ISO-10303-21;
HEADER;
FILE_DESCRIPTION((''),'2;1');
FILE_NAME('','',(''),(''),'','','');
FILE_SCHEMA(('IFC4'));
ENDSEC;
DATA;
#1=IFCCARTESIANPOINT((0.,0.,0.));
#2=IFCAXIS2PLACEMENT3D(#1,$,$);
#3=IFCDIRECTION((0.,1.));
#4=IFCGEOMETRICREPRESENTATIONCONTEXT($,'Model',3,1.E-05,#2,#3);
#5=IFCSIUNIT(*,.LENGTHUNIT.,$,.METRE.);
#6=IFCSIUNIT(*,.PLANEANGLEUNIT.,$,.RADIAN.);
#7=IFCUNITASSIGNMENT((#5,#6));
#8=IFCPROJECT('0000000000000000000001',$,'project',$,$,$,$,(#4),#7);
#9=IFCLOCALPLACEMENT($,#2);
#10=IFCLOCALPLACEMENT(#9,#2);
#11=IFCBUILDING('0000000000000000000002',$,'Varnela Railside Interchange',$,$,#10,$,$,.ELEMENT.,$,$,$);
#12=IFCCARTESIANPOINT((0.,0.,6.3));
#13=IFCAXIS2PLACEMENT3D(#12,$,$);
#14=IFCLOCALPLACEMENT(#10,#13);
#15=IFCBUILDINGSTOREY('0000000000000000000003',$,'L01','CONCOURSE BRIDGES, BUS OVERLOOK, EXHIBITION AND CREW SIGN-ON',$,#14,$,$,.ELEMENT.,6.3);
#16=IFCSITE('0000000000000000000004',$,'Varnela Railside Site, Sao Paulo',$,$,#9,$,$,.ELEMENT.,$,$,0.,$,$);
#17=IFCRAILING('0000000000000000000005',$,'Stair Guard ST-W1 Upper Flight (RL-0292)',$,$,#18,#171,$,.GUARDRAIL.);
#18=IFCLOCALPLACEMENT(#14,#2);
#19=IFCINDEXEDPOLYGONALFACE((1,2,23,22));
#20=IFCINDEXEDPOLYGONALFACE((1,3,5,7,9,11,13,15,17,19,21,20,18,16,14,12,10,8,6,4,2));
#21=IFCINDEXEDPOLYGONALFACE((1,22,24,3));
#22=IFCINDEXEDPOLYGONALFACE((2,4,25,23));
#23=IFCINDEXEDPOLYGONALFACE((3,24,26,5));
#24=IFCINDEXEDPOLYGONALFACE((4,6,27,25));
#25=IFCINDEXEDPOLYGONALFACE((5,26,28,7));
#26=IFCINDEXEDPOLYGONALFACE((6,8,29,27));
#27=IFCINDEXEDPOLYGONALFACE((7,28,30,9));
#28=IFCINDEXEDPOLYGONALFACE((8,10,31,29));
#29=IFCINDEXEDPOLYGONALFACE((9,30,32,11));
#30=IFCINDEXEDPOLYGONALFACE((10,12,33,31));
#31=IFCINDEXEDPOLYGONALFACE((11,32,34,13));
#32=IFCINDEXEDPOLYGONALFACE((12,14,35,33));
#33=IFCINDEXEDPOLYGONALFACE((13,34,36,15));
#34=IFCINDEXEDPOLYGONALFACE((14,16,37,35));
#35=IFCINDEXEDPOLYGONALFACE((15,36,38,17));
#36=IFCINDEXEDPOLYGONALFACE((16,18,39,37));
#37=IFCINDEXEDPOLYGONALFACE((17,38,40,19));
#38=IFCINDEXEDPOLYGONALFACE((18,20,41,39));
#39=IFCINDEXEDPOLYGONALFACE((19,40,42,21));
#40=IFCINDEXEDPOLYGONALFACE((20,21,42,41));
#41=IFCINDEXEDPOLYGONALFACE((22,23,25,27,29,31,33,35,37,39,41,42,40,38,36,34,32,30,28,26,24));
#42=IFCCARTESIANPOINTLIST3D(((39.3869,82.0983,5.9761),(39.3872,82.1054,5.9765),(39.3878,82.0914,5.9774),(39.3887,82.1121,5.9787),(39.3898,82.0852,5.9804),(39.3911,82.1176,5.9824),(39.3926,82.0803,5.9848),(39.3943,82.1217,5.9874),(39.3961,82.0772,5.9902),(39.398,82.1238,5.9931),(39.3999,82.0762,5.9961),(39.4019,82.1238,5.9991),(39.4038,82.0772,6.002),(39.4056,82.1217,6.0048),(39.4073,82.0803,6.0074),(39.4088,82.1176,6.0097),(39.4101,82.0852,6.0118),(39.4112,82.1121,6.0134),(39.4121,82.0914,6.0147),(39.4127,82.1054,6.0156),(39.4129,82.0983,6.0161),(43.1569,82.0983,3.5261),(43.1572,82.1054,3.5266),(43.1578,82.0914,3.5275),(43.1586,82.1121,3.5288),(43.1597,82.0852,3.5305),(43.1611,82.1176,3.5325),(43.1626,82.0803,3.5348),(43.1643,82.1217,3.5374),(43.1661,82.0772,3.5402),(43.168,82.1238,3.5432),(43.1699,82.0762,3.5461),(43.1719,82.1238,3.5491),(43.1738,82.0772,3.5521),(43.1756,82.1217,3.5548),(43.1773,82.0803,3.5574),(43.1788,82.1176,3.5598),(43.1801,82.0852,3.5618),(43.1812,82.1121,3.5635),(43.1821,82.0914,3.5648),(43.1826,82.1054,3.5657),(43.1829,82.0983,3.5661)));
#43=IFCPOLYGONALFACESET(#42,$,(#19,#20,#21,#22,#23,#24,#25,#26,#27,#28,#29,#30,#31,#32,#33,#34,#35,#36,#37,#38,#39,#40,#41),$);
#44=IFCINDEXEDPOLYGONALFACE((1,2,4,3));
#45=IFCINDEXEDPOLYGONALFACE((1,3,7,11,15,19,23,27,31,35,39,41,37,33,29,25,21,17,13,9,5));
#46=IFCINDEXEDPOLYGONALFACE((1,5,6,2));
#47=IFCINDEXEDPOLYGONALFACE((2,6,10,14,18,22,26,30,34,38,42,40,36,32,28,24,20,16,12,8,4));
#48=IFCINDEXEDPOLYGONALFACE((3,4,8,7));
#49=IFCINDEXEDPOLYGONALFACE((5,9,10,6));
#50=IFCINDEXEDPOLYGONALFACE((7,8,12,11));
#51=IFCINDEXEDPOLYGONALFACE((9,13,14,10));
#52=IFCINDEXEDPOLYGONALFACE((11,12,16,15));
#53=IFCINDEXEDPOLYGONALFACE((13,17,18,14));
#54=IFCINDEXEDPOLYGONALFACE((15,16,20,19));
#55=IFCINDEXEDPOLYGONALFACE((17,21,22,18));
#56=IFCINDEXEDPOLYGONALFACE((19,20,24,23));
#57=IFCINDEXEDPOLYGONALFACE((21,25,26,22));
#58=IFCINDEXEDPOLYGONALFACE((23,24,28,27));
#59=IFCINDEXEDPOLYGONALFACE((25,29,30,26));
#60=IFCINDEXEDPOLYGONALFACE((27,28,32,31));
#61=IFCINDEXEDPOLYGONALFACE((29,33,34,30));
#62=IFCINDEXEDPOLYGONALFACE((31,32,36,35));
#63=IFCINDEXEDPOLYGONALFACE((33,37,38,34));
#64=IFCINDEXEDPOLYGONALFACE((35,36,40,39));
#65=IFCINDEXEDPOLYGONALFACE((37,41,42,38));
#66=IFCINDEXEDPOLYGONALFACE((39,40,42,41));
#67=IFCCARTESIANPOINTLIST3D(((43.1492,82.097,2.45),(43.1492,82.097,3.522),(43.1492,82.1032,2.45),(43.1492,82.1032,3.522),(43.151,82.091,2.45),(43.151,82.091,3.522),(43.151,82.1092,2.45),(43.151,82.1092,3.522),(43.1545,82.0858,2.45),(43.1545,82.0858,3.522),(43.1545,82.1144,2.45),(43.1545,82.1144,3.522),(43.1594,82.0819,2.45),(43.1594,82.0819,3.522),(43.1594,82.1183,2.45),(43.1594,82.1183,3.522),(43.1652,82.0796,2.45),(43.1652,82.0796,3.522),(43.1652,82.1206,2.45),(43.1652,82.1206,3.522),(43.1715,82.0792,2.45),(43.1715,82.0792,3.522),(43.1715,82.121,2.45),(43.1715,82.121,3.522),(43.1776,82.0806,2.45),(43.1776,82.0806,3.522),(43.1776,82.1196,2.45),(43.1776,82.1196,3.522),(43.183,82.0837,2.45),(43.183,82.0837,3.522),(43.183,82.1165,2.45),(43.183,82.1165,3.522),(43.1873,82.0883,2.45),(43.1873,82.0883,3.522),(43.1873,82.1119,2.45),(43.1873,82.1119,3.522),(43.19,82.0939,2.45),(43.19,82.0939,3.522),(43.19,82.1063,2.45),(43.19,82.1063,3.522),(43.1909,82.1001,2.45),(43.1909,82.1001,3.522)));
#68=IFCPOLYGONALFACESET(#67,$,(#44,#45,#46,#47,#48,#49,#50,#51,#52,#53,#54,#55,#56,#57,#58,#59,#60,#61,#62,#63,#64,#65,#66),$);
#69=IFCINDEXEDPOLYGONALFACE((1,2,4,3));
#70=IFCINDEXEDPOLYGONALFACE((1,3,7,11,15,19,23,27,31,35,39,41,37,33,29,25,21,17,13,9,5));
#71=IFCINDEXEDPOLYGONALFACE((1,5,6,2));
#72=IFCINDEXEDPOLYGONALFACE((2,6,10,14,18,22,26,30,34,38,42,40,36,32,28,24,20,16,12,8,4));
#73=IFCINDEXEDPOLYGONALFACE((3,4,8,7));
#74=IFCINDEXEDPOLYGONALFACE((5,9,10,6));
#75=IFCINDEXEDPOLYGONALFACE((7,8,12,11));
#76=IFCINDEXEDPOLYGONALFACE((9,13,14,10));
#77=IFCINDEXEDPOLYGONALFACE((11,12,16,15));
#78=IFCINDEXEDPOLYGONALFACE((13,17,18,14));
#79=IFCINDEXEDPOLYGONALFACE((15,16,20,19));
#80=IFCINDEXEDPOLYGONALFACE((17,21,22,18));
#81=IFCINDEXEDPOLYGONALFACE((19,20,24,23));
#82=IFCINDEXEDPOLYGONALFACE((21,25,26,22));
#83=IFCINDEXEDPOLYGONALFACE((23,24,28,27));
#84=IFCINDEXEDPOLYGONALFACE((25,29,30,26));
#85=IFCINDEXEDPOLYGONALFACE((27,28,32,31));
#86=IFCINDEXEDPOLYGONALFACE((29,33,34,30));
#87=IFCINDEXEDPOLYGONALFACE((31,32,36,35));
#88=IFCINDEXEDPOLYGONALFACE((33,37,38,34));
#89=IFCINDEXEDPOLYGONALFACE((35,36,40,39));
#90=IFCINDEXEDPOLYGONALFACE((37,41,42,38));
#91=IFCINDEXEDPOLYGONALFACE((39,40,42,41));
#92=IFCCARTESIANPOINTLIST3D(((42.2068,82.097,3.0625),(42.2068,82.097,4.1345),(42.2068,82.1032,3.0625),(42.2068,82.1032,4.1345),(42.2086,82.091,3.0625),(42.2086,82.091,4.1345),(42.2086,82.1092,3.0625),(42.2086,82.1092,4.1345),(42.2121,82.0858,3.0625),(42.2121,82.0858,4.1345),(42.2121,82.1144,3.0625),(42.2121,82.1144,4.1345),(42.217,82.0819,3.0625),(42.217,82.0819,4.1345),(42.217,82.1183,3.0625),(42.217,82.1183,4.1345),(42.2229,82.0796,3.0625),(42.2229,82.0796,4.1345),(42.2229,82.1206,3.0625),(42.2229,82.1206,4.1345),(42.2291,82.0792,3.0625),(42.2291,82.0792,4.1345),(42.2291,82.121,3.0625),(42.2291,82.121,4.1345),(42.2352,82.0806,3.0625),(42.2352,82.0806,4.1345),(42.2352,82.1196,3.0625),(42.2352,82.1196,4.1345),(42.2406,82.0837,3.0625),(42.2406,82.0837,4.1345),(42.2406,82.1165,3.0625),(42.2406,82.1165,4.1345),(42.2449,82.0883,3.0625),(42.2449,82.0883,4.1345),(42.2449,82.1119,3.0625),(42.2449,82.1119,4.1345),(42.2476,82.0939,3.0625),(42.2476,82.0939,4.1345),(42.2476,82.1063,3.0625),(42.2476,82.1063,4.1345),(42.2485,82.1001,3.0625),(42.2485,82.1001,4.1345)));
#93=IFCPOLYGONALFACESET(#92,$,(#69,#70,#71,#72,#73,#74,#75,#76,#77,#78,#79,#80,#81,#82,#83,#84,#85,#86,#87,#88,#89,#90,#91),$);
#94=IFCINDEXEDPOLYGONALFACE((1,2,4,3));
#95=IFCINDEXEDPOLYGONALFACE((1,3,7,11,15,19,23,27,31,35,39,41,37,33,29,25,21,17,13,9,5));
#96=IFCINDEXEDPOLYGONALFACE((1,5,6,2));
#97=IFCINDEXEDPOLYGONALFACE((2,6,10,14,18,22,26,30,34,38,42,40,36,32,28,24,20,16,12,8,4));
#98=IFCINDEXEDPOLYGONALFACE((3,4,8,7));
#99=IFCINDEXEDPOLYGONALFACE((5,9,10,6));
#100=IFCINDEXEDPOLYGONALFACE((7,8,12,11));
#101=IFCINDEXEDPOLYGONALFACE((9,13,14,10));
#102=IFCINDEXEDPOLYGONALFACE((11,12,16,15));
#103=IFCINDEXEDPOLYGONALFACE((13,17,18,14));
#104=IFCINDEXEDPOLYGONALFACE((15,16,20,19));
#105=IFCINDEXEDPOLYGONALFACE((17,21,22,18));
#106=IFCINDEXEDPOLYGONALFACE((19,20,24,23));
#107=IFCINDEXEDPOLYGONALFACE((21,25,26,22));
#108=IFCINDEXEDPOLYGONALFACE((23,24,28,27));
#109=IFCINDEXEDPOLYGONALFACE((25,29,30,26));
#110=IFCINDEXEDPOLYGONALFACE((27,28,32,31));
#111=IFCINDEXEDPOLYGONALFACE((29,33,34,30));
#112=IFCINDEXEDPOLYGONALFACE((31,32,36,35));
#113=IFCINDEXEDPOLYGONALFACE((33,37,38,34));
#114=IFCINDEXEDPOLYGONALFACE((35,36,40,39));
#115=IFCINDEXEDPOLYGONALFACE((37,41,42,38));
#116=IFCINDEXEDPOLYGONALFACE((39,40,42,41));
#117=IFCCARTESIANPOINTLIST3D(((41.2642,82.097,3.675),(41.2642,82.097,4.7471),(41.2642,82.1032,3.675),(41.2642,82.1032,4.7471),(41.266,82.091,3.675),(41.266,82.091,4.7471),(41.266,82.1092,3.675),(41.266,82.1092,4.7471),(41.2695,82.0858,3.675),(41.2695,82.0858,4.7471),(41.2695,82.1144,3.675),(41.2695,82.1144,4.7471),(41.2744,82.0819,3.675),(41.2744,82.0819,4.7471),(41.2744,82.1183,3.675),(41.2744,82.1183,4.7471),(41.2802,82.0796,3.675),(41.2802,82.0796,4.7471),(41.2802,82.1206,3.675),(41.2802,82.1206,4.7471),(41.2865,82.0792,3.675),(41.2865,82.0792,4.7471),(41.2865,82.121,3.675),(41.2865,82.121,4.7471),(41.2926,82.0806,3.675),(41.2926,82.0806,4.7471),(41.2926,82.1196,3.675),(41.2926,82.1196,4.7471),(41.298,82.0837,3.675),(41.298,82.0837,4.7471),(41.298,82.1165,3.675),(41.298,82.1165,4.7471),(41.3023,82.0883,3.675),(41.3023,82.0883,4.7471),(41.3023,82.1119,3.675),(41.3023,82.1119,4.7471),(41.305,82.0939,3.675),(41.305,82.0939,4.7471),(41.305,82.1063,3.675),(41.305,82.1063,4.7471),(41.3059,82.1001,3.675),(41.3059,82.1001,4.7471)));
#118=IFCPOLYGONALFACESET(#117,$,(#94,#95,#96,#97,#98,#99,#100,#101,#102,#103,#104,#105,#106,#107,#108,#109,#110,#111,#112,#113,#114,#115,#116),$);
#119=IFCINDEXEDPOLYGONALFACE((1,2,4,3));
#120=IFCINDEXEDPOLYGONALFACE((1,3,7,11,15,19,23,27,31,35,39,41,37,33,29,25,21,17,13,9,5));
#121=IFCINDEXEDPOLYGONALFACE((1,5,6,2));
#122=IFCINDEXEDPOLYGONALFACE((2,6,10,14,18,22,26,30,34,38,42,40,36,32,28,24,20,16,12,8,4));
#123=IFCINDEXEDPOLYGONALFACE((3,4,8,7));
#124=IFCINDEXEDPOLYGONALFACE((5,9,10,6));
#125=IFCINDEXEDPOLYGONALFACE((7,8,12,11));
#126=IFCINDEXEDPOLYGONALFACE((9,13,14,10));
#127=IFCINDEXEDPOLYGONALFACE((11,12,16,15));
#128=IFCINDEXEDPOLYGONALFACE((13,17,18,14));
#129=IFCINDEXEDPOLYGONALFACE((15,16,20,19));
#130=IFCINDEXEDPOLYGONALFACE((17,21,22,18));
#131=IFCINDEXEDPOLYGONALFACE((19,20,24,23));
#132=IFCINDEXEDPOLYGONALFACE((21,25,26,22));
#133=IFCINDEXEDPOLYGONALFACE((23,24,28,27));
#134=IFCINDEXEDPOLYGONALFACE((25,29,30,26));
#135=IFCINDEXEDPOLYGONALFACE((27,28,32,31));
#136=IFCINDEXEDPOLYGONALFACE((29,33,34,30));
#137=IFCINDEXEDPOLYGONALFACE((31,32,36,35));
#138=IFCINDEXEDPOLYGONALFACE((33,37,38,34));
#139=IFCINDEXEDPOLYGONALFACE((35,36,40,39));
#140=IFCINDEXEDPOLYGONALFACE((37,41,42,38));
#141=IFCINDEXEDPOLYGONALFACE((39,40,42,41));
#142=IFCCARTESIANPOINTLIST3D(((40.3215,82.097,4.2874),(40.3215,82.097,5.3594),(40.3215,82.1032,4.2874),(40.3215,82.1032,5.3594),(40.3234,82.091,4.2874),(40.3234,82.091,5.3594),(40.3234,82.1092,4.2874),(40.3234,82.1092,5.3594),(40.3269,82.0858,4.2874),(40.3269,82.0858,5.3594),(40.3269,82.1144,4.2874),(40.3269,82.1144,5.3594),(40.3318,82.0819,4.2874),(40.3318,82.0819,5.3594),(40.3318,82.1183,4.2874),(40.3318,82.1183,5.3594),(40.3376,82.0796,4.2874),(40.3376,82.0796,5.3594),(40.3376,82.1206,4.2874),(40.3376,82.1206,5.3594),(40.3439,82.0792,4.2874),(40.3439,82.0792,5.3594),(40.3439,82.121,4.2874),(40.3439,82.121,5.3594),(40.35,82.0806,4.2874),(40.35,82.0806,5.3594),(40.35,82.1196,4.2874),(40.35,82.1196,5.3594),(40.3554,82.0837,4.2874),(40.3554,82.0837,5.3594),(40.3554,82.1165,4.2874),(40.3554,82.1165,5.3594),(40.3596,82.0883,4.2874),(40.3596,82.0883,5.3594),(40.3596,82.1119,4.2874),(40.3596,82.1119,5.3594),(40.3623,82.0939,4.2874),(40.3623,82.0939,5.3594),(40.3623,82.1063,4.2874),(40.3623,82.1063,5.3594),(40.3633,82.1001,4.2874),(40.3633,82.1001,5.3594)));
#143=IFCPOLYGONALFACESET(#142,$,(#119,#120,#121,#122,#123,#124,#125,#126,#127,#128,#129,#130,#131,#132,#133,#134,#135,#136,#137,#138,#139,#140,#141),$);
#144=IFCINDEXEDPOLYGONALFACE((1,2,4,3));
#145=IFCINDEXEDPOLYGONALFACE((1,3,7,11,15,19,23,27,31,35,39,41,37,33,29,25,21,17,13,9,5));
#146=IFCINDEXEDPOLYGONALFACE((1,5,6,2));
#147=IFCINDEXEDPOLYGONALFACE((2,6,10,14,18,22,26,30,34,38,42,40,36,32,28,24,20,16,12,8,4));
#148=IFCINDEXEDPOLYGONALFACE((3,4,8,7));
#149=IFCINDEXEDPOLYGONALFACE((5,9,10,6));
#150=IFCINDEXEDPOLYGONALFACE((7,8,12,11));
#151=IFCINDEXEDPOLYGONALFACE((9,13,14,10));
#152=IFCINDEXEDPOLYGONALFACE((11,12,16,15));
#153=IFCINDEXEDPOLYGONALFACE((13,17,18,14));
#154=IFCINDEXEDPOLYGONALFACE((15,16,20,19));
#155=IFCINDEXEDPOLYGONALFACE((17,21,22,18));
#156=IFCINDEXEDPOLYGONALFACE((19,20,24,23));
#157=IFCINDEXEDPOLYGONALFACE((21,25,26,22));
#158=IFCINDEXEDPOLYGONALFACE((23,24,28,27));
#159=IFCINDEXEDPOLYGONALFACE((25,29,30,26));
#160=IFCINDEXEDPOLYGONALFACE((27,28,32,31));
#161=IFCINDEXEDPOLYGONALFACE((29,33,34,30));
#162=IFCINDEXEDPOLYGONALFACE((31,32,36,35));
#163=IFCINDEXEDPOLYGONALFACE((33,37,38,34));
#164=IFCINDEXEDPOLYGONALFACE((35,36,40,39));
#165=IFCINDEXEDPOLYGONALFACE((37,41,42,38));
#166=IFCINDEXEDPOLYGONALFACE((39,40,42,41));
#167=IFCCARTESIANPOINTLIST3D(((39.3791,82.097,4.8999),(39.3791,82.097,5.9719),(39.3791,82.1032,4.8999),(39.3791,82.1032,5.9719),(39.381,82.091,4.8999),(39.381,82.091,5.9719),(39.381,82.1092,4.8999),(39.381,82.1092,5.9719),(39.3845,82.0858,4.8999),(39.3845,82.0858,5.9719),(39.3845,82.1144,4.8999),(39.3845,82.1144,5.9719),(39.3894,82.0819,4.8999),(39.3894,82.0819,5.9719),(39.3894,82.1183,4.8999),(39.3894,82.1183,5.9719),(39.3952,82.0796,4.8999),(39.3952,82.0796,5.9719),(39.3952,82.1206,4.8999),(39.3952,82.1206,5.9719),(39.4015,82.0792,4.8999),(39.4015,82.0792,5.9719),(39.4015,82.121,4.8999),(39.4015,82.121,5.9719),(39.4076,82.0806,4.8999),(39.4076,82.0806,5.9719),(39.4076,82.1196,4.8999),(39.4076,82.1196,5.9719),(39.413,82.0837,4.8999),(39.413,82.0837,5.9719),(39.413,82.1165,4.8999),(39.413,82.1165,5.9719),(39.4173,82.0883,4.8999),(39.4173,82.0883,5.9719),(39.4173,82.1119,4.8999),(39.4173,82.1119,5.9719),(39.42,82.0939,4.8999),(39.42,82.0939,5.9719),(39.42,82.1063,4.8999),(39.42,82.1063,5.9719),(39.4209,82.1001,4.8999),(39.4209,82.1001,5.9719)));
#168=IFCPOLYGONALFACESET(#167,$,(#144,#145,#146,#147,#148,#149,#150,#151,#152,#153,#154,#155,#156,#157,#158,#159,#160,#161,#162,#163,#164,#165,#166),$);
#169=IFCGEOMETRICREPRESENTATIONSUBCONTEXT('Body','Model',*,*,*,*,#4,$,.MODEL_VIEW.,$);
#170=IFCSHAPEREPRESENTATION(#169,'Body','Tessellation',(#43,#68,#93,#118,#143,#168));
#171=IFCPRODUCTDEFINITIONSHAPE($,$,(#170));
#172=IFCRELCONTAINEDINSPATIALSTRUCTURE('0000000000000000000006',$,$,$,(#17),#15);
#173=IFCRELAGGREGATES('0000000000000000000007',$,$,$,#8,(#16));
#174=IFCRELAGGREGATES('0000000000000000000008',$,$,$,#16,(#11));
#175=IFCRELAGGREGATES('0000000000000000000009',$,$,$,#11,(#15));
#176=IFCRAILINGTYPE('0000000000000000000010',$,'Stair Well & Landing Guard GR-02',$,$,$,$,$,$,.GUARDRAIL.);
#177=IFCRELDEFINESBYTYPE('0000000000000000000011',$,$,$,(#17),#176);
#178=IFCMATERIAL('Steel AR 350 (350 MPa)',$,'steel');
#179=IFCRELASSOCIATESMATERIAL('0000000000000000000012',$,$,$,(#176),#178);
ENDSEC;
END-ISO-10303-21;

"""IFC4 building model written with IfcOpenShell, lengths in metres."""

from ifc_helpers import new_model, si_unit, direction, frame, origin, origin_2d, place, context, subcontext, project, spatial, circle, extrude, material, type_object, element, save


model = new_model("IFC4")

# Units and contexts
model_context = context("Model", 3, precision=1e-05, world=origin(), true_north=direction((0.0, 1.0)))
body_context = subcontext(model_context, "Body", "Model", "MODEL_VIEW")
ifc_project = project(units=[si_unit("LENGTHUNIT", "METRE"), si_unit("PLANEANGLEUNIT", "RADIAN")], contexts=[model_context])

# Site, building, storey
site_placement = place(None, origin())
site = spatial("IfcSite", under=ifc_project, at=site_placement, Name="Varnela Railside Site, Sao Paulo", CompositionType="ELEMENT", RefElevation=0.0)
building_placement = place(site_placement, origin())
building = spatial("IfcBuilding", under=site, at=building_placement, Name="Varnela Railside Interchange", CompositionType="ELEMENT")
storey_placement = place(building_placement, frame((0.0, 0.0, 6.3)))
storey = spatial("IfcBuildingStorey", under=building, at=storey_placement, Name="L01", Description="CONCOURSE BRIDGES, BUS OVERLOOK, EXHIBITION AND CREW SIGN-ON", CompositionType="ELEMENT", Elevation=6.3)

# Shared definitions
ifc_material_1 = material(Name="Steel AR 350 (350 MPa)", Category="steel")

# Railing
railing_type_1 = type_object("IfcRailingType", Name="Stair Well & Landing Guard GR-02", PredefinedType="GUARDRAIL", material=ifc_material_1)
railing_1_placement = place(storey_placement, frame((43.1699, 82.1001, 2.45)))
element("IfcRailing", 1, at=railing_1_placement, inside=storey, type_object=railing_type_1, Name="Stair Guard ST-W1 Upper Flight (RL-0292)", PredefinedType="GUARDRAIL", context=body_context, shape_type="SweptSolid", body=[
    extrude(circle(Radius=0.0239, at=origin_2d()), frame((0.0, 0.0, 1.0962), z_axis=(-0.838501, 0.0, 0.544901), x_axis=(0.0, -1.0, 0.0)), (0.0, 0.0, 1.0), 4.4961),
    extrude(circle(Radius=0.021, at=origin_2d()), origin(), (0.0, 0.0, 1.0), 1.072),
    extrude(circle(Radius=0.021, at=origin_2d()), frame((-0.9424, 0.0, 0.6125)), (0.0, 0.0, 1.0), 1.072),
    extrude(circle(Radius=0.021, at=origin_2d()), frame((-1.885, 0.0, 1.2251)), (0.0, 0.0, 1.0), 1.072),
    extrude(circle(Radius=0.021, at=origin_2d()), frame((-2.8276, 0.0, 1.8374)), (0.0, 0.0, 1.0), 1.072),
    extrude(circle(Radius=0.021, at=origin_2d()), frame((-3.77, 0.0, 2.45)), (0.0, 0.0, 1.0), 1.072),
])

save(model, "model.ifc")
